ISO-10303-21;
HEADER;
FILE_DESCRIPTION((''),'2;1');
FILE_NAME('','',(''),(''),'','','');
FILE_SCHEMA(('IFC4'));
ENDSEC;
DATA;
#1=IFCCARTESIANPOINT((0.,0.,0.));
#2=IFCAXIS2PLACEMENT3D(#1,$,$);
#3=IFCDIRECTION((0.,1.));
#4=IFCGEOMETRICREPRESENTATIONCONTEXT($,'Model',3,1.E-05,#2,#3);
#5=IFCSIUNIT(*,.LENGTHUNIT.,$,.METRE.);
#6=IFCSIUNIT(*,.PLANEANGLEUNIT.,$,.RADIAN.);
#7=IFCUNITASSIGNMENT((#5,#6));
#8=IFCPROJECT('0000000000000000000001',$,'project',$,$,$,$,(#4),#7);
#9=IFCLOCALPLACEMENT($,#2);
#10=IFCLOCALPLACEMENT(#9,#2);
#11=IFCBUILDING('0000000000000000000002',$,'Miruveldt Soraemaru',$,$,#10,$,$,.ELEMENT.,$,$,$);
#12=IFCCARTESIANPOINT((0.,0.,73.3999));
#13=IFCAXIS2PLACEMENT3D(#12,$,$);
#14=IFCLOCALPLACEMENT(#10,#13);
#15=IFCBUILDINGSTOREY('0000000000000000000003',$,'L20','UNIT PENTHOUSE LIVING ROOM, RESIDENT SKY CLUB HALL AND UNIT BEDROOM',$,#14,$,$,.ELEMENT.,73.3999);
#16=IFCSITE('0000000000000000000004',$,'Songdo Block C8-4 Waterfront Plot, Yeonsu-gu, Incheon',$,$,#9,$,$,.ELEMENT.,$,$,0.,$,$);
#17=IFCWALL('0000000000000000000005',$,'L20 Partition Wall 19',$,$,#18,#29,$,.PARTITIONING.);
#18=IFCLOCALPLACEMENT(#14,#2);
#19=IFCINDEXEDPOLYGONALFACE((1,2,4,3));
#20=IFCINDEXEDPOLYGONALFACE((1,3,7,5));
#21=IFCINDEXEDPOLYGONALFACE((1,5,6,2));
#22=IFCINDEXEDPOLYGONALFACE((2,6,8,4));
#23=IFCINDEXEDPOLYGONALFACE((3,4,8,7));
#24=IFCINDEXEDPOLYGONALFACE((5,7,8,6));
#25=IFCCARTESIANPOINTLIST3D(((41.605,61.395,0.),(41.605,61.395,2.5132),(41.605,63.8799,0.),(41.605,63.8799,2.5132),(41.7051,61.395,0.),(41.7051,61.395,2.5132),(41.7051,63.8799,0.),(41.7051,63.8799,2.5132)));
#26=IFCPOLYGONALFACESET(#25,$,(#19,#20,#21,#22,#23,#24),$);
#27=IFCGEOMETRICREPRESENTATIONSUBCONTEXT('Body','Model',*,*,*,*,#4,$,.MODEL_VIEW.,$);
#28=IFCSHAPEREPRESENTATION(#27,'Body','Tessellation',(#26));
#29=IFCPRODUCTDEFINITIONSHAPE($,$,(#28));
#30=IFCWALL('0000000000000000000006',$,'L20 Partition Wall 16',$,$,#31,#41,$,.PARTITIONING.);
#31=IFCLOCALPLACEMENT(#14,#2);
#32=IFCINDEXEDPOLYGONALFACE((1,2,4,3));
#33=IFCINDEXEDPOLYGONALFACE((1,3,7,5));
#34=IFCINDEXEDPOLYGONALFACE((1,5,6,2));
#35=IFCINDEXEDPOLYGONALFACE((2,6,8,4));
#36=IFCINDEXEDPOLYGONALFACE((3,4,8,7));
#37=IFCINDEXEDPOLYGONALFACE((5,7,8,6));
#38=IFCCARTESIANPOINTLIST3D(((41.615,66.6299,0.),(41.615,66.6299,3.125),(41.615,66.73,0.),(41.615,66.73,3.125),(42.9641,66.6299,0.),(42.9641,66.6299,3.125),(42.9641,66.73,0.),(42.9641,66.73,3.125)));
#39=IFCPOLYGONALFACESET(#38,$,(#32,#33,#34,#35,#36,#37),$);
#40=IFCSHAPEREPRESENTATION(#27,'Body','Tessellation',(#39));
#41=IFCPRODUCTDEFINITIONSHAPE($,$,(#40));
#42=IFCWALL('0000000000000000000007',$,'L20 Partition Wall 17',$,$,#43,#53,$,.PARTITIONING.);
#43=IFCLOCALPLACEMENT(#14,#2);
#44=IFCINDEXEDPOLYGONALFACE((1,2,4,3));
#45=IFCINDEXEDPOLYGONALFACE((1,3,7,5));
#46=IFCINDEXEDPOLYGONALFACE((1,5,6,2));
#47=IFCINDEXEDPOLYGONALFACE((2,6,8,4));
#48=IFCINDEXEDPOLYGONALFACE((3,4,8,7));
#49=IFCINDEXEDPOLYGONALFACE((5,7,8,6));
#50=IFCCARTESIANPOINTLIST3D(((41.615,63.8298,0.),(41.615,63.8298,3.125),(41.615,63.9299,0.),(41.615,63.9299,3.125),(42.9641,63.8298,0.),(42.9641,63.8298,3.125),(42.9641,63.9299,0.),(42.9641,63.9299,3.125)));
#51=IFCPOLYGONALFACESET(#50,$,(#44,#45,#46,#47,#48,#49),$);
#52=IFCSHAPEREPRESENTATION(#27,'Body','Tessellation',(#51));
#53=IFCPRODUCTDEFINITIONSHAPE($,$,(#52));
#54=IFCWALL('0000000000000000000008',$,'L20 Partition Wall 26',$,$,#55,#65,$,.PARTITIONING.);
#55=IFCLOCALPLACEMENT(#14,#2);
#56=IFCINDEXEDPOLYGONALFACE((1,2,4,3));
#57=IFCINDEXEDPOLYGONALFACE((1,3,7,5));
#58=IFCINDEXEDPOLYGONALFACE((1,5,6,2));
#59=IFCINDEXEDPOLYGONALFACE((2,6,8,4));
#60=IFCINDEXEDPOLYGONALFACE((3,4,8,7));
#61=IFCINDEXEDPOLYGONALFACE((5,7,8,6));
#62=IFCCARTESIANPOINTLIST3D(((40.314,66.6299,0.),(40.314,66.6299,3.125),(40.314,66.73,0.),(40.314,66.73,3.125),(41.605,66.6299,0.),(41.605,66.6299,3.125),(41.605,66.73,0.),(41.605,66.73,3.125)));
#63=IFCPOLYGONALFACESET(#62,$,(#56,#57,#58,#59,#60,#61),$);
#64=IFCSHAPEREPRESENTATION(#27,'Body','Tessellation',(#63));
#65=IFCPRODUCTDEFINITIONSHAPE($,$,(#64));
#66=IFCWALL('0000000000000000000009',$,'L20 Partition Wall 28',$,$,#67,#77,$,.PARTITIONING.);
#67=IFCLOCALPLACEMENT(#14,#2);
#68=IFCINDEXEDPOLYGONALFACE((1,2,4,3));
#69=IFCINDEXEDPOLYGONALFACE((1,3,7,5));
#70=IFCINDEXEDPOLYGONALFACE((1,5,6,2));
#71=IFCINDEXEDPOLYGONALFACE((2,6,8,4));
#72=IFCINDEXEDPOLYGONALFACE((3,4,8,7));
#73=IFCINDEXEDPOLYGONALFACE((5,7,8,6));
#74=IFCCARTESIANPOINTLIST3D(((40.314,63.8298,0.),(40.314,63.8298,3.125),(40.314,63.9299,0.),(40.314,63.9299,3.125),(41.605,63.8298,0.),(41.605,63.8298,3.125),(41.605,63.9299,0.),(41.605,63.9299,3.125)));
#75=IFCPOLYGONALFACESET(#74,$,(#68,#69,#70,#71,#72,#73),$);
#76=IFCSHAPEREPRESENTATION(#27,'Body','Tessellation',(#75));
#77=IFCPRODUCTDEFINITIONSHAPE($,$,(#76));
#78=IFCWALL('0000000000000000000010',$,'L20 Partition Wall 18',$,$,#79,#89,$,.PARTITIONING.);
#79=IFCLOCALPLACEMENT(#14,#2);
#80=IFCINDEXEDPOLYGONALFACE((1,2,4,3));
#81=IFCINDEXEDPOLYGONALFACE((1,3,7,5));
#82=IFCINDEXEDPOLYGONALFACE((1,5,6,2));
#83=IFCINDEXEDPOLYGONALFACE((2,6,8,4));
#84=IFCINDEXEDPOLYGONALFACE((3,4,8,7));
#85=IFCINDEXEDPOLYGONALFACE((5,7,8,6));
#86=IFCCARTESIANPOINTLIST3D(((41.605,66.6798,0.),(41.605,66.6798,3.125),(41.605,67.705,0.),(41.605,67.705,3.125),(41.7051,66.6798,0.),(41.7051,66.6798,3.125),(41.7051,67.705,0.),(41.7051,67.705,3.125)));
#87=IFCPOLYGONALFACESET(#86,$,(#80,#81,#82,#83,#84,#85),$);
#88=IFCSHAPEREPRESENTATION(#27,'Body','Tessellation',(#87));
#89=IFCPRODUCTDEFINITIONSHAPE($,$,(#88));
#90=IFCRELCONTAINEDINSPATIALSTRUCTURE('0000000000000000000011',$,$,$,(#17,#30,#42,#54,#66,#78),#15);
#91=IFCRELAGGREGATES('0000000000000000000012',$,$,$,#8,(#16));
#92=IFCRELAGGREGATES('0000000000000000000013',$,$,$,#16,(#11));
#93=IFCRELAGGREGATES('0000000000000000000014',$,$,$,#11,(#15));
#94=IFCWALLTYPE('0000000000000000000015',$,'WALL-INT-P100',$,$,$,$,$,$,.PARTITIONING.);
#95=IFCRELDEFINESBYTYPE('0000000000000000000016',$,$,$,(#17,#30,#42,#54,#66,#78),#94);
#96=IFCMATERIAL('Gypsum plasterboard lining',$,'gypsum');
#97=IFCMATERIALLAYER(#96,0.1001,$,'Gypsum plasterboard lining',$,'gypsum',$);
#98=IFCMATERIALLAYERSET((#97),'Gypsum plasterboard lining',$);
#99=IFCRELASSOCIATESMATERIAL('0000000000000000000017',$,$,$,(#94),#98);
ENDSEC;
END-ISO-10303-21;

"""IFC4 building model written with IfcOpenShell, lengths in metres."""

from ifc_helpers import new_model, si_unit, direction, frame, frame_2d, origin, place, context, subcontext, project, spatial, rectangle, extrude, material, layer, layer_set, type_object, element, save


model = new_model("IFC4")

# Units and contexts
model_context = context("Model", 3, precision=1e-05, world=origin(), true_north=direction((0.0, 1.0)))
body_context = subcontext(model_context, "Body", "Model", "MODEL_VIEW")
ifc_project = project(units=[si_unit("LENGTHUNIT", "METRE"), si_unit("PLANEANGLEUNIT", "RADIAN")], contexts=[model_context])

# Site, building, storey
site_placement = place(None, origin())
site = spatial("IfcSite", under=ifc_project, at=site_placement, Name="Songdo Block C8-4 Waterfront Plot, Yeonsu-gu, Incheon", CompositionType="ELEMENT", RefElevation=0.0)
building_placement = place(site_placement, origin())
building = spatial("IfcBuilding", under=site, at=building_placement, Name="Miruveldt Soraemaru", CompositionType="ELEMENT")
storey_placement = place(building_placement, frame((0.0, 0.0, 73.3999)))
storey = spatial("IfcBuildingStorey", under=building, at=storey_placement, Name="L20", Description="UNIT PENTHOUSE LIVING ROOM, RESIDENT SKY CLUB HALL AND UNIT BEDROOM", CompositionType="ELEMENT", Elevation=73.3999)

# Shared definitions
ifc_material_1 = material(Name="Gypsum plasterboard lining", Category="gypsum")
ifc_layer_1 = layer(ifc_material_1, 0.1001, Name="Gypsum plasterboard lining", Category="gypsum")
ifc_layer_set_1 = layer_set([ifc_layer_1], Name="Gypsum plasterboard lining")
wall_type_1 = type_object("IfcWallType", Name="WALL-INT-P100", PredefinedType="PARTITIONING", material=ifc_layer_set_1)

# Walls
wall_1_placement = place(storey_placement, frame((41.655, 63.8799, 0.0), z_axis=(0.0, 0.0, 1.0), x_axis=(0.0, -1.0, 0.0)))
element("IfcWall", 1, at=wall_1_placement, inside=storey, type_object=wall_type_1, Name="L20 Partition Wall 19", PredefinedType="PARTITIONING", context=body_context, shape_type="SweptSolid", body=[
    extrude(rectangle(XDim=2.4849, YDim=0.1001, at=frame_2d((1.2424, 0.0))), origin(), (0.0, 0.0, 1.0), 2.5132),
])
for number, where, z_axis, x_axis, name in (
    (2, (42.9641, 66.6799, 0.0), (0.0, 0.0, 1.0), (-1.0, 0.0, 0.0), "L20 Partition Wall 16"),
    (3, (41.615, 63.8799, 0.0), (0.0, 0.0, 1.0), (1.0, 0.0, 0.0), "L20 Partition Wall 17"),
):
    element("IfcWall", number, at=place(storey_placement, frame(where, z_axis=z_axis, x_axis=x_axis)), inside=storey, type_object=wall_type_1, Name=name, PredefinedType="PARTITIONING", context=body_context, shape_type="SweptSolid", body=[
        extrude(rectangle(XDim=1.3491, YDim=0.1001, at=frame_2d((0.6746, 0.0))), origin(), (0.0, 0.0, 1.0), 3.125),
    ])
for number, where, z_axis, x_axis, name in (
    (4, (41.605, 66.6799, 0.0), (0.0, 0.0, 1.0), (-1.0, 0.0, 0.0), "L20 Partition Wall 26"),
    (5, (40.314, 63.8799, 0.0), (0.0, 0.0, 1.0), (1.0, 0.0, 0.0), "L20 Partition Wall 28"),
):
    element("IfcWall", number, at=place(storey_placement, frame(where, z_axis=z_axis, x_axis=x_axis)), inside=storey, type_object=wall_type_1, Name=name, PredefinedType="PARTITIONING", context=body_context, shape_type="SweptSolid", body=[
        extrude(rectangle(XDim=1.291, YDim=0.1001, at=frame_2d((0.6455, 0.0))), origin(), (0.0, 0.0, 1.0), 3.125),
    ])
wall_2_placement = place(storey_placement, frame((41.655, 67.7051, 0.0), z_axis=(0.0, 0.0, 1.0), x_axis=(0.0, -1.0, 0.0)))
element("IfcWall", 6, at=wall_2_placement, inside=storey, type_object=wall_type_1, Name="L20 Partition Wall 18", PredefinedType="PARTITIONING", context=body_context, shape_type="SweptSolid", body=[
    extrude(rectangle(XDim=1.0251, YDim=0.1001, at=frame_2d((0.5127, 0.0))), origin(), (0.0, 0.0, 1.0), 3.125),
])

save(model, "model.ifc")
